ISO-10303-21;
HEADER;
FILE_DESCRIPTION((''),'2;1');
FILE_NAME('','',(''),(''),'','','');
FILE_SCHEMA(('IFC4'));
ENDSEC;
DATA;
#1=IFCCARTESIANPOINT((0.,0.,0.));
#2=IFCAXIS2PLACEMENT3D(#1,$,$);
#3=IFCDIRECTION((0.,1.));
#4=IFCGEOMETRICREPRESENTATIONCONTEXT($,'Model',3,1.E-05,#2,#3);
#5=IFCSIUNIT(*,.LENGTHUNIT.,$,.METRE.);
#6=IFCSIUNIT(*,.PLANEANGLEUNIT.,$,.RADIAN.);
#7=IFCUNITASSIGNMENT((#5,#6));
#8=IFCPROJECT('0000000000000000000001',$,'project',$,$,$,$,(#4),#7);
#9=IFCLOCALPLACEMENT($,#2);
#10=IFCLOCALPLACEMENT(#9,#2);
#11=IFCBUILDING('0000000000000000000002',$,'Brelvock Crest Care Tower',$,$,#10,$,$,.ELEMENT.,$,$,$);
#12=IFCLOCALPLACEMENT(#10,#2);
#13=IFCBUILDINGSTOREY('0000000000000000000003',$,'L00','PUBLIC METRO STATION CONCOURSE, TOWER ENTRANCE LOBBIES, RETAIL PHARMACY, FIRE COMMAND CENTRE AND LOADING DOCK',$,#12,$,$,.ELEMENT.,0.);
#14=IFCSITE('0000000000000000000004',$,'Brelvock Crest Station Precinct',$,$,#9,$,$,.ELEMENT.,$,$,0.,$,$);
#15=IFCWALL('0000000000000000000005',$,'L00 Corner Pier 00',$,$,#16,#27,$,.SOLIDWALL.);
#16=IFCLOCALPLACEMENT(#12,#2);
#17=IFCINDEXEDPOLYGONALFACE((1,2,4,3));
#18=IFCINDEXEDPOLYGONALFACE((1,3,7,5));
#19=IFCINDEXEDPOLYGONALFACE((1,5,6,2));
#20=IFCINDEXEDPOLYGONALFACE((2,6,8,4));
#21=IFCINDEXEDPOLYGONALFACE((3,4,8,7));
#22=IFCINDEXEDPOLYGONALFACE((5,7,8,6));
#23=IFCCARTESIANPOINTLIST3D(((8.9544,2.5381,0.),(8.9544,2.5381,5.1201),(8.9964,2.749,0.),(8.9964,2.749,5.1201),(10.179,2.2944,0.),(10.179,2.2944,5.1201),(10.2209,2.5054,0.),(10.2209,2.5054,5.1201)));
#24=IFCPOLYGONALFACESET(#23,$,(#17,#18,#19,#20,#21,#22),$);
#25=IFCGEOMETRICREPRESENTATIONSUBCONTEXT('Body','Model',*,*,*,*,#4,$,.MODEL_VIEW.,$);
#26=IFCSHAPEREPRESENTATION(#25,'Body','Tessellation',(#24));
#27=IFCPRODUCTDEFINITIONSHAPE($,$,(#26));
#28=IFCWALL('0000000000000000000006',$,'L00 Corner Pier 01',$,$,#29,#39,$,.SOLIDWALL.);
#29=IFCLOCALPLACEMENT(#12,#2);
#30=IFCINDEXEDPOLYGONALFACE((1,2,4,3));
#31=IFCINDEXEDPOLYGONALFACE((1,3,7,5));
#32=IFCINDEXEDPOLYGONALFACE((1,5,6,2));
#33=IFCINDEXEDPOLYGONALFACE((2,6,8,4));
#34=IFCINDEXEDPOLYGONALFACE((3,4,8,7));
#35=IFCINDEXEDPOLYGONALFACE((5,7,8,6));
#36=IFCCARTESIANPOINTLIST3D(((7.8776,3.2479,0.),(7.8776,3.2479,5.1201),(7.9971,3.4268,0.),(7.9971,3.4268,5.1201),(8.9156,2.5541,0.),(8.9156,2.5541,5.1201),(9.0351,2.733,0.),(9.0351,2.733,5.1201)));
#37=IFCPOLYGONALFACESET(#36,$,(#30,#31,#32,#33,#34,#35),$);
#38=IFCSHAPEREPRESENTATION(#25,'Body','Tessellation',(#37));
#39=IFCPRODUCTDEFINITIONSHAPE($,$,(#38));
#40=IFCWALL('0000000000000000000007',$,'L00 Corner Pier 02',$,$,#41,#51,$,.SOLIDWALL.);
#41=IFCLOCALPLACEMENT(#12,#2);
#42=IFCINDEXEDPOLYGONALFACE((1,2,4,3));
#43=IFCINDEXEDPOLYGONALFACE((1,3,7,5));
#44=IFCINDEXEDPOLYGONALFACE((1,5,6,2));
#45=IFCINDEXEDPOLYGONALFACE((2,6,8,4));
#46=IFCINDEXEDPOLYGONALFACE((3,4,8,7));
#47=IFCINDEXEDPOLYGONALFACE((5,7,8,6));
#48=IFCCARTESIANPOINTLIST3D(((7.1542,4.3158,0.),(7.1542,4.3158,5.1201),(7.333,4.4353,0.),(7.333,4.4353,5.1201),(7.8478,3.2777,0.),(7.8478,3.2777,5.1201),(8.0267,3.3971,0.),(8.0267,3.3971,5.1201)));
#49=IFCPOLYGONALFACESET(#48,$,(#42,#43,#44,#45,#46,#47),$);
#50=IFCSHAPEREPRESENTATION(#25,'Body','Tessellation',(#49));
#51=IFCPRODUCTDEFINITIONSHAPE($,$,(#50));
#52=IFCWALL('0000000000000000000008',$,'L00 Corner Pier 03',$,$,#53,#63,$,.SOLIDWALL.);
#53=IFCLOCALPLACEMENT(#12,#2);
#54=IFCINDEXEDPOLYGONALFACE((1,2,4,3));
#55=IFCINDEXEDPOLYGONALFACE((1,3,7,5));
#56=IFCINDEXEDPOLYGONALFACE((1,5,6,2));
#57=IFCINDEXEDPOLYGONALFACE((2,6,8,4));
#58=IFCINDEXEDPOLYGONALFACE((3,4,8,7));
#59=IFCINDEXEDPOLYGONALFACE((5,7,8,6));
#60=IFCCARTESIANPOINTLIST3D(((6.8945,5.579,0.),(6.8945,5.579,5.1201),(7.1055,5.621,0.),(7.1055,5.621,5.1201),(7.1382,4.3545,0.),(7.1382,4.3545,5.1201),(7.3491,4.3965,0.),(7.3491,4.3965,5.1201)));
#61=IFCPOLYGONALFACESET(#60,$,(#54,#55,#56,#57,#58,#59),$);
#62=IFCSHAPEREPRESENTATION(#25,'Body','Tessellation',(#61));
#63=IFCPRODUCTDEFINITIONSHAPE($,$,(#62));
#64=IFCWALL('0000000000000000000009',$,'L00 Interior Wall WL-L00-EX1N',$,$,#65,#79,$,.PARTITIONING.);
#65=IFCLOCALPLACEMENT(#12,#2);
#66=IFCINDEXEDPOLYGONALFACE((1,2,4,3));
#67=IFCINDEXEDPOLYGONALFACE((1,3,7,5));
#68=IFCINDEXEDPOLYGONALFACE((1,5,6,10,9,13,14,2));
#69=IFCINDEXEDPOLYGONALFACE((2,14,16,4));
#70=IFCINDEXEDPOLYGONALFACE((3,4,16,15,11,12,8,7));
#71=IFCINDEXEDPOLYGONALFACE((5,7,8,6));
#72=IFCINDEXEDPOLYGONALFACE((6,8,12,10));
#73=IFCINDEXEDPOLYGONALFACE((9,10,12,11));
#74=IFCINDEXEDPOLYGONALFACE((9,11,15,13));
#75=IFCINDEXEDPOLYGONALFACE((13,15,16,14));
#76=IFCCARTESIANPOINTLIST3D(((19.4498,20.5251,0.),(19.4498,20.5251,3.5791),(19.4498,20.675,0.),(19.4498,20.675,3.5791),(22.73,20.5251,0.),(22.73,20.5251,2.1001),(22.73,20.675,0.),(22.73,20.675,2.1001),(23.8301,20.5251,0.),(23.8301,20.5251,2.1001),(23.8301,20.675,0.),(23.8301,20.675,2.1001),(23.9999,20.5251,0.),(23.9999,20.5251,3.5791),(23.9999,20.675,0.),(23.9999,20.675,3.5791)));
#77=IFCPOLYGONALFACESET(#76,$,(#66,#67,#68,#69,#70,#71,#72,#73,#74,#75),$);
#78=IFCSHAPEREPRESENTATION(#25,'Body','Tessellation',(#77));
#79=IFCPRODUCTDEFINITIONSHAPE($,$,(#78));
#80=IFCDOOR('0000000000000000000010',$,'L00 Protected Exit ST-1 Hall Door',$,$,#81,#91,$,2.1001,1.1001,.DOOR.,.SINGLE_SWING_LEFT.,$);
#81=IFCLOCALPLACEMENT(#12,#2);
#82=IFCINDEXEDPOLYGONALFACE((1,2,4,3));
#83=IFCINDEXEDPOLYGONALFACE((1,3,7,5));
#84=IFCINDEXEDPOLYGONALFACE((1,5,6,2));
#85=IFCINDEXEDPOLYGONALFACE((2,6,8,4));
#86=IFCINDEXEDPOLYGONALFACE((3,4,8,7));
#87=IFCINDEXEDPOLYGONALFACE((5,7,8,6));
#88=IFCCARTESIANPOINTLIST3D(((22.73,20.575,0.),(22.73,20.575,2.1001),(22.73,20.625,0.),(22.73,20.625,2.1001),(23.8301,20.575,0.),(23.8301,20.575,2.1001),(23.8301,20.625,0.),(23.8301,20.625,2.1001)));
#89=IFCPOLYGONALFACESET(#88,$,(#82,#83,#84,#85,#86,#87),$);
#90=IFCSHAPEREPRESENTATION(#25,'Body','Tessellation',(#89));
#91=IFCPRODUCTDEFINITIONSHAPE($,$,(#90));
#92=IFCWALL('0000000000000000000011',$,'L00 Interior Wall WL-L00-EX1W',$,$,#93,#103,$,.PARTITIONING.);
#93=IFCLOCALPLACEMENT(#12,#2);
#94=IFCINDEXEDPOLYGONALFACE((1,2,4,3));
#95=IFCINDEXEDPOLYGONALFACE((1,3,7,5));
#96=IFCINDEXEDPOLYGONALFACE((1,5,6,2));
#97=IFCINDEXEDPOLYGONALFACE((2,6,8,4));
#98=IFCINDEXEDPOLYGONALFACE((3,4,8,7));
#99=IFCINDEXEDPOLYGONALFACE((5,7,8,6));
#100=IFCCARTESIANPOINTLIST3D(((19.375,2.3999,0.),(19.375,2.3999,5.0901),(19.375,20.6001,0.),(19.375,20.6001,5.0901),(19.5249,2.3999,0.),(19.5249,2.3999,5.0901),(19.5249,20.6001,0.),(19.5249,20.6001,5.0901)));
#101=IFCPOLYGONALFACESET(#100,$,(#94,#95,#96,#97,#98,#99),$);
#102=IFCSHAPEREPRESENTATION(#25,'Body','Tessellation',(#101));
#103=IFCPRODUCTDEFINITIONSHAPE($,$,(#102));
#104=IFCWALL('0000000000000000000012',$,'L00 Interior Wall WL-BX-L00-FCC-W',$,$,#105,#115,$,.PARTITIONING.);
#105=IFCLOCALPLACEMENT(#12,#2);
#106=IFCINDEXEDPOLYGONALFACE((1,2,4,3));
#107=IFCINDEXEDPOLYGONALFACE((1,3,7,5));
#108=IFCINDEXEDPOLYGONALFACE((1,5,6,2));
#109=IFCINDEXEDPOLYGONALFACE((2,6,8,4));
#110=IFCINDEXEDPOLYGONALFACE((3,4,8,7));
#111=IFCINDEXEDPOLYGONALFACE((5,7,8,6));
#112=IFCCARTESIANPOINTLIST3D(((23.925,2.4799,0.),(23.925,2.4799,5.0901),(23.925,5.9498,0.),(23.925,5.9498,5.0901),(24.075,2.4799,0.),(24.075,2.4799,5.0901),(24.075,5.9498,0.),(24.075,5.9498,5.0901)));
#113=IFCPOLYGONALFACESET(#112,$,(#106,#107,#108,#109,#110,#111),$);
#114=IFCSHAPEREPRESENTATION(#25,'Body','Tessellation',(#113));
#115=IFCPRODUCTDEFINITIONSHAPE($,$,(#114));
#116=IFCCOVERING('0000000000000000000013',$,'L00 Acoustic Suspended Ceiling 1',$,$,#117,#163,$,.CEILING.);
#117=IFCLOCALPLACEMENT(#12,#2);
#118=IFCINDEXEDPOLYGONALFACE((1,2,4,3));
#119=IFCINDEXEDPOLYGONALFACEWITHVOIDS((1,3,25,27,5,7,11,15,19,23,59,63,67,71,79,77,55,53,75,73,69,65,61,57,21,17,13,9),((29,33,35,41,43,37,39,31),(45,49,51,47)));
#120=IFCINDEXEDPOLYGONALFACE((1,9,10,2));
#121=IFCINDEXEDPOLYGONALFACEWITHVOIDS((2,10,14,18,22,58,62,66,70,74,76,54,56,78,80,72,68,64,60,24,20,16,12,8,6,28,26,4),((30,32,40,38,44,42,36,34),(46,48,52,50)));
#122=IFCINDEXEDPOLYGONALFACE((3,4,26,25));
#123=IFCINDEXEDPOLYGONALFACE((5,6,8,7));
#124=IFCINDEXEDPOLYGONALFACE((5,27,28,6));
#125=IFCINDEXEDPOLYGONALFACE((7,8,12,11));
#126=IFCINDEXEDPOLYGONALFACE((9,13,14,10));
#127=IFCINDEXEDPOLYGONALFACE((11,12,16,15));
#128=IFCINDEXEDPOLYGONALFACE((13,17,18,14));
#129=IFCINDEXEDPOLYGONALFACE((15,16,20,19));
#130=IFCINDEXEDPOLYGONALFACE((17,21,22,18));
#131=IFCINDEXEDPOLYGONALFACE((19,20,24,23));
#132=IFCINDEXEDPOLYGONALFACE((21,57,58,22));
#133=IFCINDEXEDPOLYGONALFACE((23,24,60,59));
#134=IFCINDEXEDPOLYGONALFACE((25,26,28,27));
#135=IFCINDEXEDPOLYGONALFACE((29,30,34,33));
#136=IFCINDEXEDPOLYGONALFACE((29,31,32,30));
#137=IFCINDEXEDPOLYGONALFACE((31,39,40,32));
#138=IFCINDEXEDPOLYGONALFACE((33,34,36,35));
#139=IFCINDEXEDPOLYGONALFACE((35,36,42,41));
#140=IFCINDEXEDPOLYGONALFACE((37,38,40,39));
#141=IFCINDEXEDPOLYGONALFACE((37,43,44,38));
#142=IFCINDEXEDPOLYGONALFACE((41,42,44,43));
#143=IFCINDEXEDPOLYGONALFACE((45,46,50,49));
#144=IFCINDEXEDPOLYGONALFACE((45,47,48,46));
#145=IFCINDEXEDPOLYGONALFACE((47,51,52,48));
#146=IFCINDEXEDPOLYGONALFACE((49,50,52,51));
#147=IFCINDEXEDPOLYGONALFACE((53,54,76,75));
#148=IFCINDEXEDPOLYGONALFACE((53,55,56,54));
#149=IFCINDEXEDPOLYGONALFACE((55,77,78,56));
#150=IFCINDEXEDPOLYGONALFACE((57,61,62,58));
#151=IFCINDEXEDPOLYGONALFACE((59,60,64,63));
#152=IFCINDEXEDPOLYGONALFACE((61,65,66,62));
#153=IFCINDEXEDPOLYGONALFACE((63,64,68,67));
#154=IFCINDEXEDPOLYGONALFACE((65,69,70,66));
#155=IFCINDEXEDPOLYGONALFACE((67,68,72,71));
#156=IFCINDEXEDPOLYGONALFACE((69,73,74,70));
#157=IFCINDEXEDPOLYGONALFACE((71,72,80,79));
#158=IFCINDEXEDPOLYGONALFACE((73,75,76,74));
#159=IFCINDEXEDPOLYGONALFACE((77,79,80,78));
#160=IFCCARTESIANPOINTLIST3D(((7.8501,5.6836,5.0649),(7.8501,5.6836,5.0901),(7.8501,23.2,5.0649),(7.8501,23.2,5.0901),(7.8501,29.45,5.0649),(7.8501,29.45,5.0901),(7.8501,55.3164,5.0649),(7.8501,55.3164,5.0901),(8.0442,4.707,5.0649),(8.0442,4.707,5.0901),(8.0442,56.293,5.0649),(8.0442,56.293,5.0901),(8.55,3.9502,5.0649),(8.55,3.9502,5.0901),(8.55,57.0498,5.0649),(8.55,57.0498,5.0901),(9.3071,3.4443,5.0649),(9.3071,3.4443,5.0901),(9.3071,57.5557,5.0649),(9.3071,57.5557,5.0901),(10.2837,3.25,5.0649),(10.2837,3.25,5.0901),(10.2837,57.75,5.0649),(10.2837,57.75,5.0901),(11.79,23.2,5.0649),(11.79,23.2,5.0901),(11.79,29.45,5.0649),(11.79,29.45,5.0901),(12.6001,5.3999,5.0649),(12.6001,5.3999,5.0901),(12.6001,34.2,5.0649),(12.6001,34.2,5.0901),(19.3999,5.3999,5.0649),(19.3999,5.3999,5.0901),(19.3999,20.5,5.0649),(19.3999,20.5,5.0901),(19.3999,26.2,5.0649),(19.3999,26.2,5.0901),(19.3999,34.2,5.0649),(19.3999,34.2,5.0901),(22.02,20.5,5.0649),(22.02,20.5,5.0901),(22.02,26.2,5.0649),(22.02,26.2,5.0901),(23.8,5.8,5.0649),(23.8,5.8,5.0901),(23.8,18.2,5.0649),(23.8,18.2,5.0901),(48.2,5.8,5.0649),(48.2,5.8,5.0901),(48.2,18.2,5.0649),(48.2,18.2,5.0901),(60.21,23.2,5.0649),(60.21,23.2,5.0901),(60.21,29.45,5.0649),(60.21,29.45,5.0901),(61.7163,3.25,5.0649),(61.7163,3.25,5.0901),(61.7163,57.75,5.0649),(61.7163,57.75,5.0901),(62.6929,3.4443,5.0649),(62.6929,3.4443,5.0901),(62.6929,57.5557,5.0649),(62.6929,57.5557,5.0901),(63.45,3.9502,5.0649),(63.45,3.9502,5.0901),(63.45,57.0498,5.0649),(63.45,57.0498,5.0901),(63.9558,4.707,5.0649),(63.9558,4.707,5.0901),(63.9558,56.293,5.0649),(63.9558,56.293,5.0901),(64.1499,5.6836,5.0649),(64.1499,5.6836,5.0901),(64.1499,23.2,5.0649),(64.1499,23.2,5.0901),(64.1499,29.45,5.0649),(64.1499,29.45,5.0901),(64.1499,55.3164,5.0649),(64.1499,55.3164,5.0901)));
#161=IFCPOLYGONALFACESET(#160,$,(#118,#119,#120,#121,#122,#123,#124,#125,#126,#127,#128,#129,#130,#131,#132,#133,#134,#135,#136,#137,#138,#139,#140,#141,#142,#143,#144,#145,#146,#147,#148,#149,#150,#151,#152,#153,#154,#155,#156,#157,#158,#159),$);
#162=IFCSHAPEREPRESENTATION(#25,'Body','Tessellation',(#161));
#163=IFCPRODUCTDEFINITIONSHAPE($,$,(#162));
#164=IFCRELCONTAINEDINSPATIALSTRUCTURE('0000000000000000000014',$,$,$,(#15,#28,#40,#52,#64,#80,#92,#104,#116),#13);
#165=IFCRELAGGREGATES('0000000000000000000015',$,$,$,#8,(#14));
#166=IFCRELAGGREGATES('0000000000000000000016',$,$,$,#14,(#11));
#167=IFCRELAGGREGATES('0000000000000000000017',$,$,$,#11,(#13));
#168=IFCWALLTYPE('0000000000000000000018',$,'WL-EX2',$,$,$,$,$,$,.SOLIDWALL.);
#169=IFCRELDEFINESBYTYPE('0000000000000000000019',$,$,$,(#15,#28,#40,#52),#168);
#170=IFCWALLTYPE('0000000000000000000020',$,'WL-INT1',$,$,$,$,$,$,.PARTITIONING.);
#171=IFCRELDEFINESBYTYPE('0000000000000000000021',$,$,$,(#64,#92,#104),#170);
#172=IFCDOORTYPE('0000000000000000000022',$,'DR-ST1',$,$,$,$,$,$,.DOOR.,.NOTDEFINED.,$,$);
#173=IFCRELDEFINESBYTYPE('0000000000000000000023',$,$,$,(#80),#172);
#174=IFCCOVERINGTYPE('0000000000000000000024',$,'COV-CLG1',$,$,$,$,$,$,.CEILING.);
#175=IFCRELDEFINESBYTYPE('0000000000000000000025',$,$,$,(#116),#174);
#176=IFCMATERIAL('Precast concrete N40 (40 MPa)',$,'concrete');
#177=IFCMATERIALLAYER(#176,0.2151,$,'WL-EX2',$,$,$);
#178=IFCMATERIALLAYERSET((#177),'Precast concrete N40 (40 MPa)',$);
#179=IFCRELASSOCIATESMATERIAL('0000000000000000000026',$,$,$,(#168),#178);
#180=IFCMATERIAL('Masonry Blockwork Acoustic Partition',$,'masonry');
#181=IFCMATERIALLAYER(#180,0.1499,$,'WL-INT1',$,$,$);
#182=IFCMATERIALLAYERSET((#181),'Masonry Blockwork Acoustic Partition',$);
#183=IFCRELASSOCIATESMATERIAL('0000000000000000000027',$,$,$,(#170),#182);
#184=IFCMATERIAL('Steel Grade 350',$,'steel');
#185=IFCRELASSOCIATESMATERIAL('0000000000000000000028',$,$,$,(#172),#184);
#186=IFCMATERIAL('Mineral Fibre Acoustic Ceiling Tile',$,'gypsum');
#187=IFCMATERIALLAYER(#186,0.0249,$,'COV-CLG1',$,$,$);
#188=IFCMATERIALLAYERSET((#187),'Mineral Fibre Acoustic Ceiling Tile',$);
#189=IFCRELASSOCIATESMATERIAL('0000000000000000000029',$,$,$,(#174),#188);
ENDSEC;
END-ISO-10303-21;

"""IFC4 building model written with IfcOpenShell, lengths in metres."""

from ifc_helpers import new_model, si_unit, direction, frame, frame_2d, origin, origin_2d, place, context, subcontext, project, spatial, polyline, rectangle, outline, extrude, source, transform, mapped, material, layer, layer_set, type_object, element, fill, save


model = new_model("IFC4")

# Units and contexts
model_context = context("Model", 3, precision=1e-05, world=origin(), true_north=direction((0.0, 1.0)))
body_context = subcontext(model_context, "Body", "Model", "MODEL_VIEW")
ifc_project = project(units=[si_unit("LENGTHUNIT", "METRE"), si_unit("PLANEANGLEUNIT", "RADIAN")], contexts=[model_context])

# Site, building, storey
site_placement = place(None, origin())
site = spatial("IfcSite", under=ifc_project, at=site_placement, Name="Brelvock Crest Station Precinct", CompositionType="ELEMENT", RefElevation=0.0)
building_placement = place(site_placement, origin())
building = spatial("IfcBuilding", under=site, at=building_placement, Name="Brelvock Crest Care Tower", CompositionType="ELEMENT")
storey_placement = place(building_placement, origin())
storey = spatial("IfcBuildingStorey", under=building, at=storey_placement, Name="L00", Description="PUBLIC METRO STATION CONCOURSE, TOWER ENTRANCE LOBBIES, RETAIL PHARMACY, FIRE COMMAND CENTRE AND LOADING DOCK", CompositionType="ELEMENT", Elevation=0.0)

# Shared definitions
ifc_material_1 = material(Name="Steel Grade 350", Category="steel")

# Shared definitions
ifc_material_2 = material(Name="Precast concrete N40 (40 MPa)", Category="concrete")

# Walls
ifc_layer_1 = layer(ifc_material_2, 0.2151, Name="WL-EX2")
ifc_layer_set_1 = layer_set([ifc_layer_1], Name="Precast concrete N40 (40 MPa)")
wall_type_1 = type_object("IfcWallType", Name="WL-EX2", PredefinedType="SOLIDWALL", material=ifc_layer_set_1)
for number, where, z_axis, x_axis, name in (
    (1, (10.2, 2.3999, 0.0), (0.0, 0.0, 1.0), (-0.980776, 0.195138, 0.0), "L00 Corner Pier 00"),
    (2, (8.9753, 2.6436, 0.0), (0.0, 0.0, 1.0), (-0.831388, 0.555692, 0.0), "L00 Corner Pier 01"),
    (3, (7.9373, 3.3374, 0.0), (0.0, 0.0, 1.0), (-0.555557, 0.831478, 0.0), "L00 Corner Pier 02"),
    (4, (7.2437, 4.3755, 0.0), (0.0, 0.0, 1.0), (-0.195138, 0.980776, 0.0), "L00 Corner Pier 03"),
):
    element("IfcWall", number, at=place(storey_placement, frame(where, z_axis=z_axis, x_axis=x_axis)), inside=storey, type_object=wall_type_1, Name=name, PredefinedType="SOLIDWALL", context=body_context, shape_type="SweptSolid", body=[
        extrude(rectangle(XDim=1.2485, YDim=0.2151, at=frame_2d((0.6243, 0.0))), origin(), (0.0, 0.0, 1.0), 5.1201),
    ])

# Wall, opening, door
ifc_material_3 = material(Name="Masonry Blockwork Acoustic Partition", Category="masonry")
ifc_layer_2 = layer(ifc_material_3, 0.1499, Name="WL-INT1")
ifc_layer_set_2 = layer_set([ifc_layer_2], Name="Masonry Blockwork Acoustic Partition")
wall_type_2 = type_object("IfcWallType", Name="WL-INT1", PredefinedType="PARTITIONING", material=ifc_layer_set_2)
wall_1_placement = place(storey_placement, frame((19.45, 20.6001, 0.0), z_axis=(0.0, 0.0, 1.0), x_axis=(1.0, 0.0, 0.0)))
wall_1 = element("IfcWall", 5, at=wall_1_placement, inside=storey, type_object=wall_type_2, Name="L00 Interior Wall WL-L00-EX1N", PredefinedType="PARTITIONING", context=body_context, shape_type="SweptSolid", body=[
    extrude(rectangle(XDim=4.55, YDim=0.1499, at=frame_2d((2.2749, 0.0))), origin(), (0.0, 0.0, 1.0), 3.5791),
])
opening_1_placement = place(wall_1_placement, frame((3.28, 0.0, 0.0)))
opening_1 = element("IfcOpeningElement", 6, at=opening_1_placement, cuts=wall_1, PredefinedType="OPENING", context=body_context, shape_type="SweptSolid", body=[
    extrude(rectangle(XDim=1.1001, YDim=2.1001, at=origin_2d()), frame((0.55, 0.085, 1.05), z_axis=(0.0, -1.0, 0.0), x_axis=(1.0, 0.0, 0.0)), (0.0, 0.0, 1.0), 0.1699),
])
door_type_1 = type_object("IfcDoorType", Name="DR-ST1", OperationType="NOTDEFINED", PredefinedType="DOOR", material=ifc_material_1)
shared_shape_1 = source(origin(), body_context, "Body", "SweptSolid", [
    extrude(rectangle(XDim=1.1001, YDim=2.1001, at=origin_2d()), frame((0.55, 0.0249, 1.05), z_axis=(0.0, -1.0, 0.0), x_axis=(1.0, 0.0, 0.0)), (0.0, 0.0, 1.0), 0.05),
])
door_1_placement = place(opening_1_placement, origin())
door_1 = element("IfcDoor", 7, at=door_1_placement, inside=storey, type_object=door_type_1, Name="L00 Protected Exit ST-1 Hall Door", OperationType="SINGLE_SWING_LEFT", OverallHeight=2.1001, OverallWidth=1.1001, PredefinedType="DOOR", context=body_context, shape_type="MappedRepresentation", body=[
    mapped(shared_shape_1, transform((0.0, 0.0, 0.0), x_axis=(1.0, 0.0, 0.0), y_axis=(0.0, 1.0, 0.0), z_axis=(0.0, 0.0, 1.0), scale=1.0)),
])
fill(opening_1, door_1)

# Walls
wall_2_placement = place(storey_placement, frame((19.45, 2.3999, 0.0), z_axis=(0.0, 0.0, 1.0), x_axis=(0.0, 1.0, 0.0)))
element("IfcWall", 8, at=wall_2_placement, inside=storey, type_object=wall_type_2, Name="L00 Interior Wall WL-L00-EX1W", PredefinedType="PARTITIONING", context=body_context, shape_type="SweptSolid", body=[
    extrude(rectangle(XDim=18.2002, YDim=0.1499, at=frame_2d((9.1001, 0.0))), origin(), (0.0, 0.0, 1.0), 5.0901),
])
wall_3_placement = place(storey_placement, frame((24.0, 2.48, 0.0), z_axis=(0.0, 0.0, 1.0), x_axis=(0.0, 1.0, 0.0)))
element("IfcWall", 9, at=wall_3_placement, inside=storey, type_object=wall_type_2, Name="L00 Interior Wall WL-BX-L00-FCC-W", PredefinedType="PARTITIONING", context=body_context, shape_type="SweptSolid", body=[
    extrude(rectangle(XDim=3.47, YDim=0.1499, at=frame_2d((1.7349, 0.0))), origin(), (0.0, 0.0, 1.0), 5.0901),
])

# Covering
ifc_material_4 = material(Name="Mineral Fibre Acoustic Ceiling Tile", Category="gypsum")
ifc_layer_3 = layer(ifc_material_4, 0.0249, Name="COV-CLG1")
ifc_layer_set_3 = layer_set([ifc_layer_3], Name="Mineral Fibre Acoustic Ceiling Tile")
covering_type_1 = type_object("IfcCoveringType", Name="COV-CLG1", PredefinedType="CEILING", material=ifc_layer_set_3)
covering_1_placement = place(storey_placement, frame((0.0, 0.0, 5.0649)))
element("IfcCovering", 10, at=covering_1_placement, inside=storey, type_object=covering_type_1, Name="L00 Acoustic Suspended Ceiling 1", PredefinedType="CEILING", context=body_context, shape_type="SweptSolid", body=[
    extrude(outline(polyline([(61.7163, 3.25), (62.6929, 3.4443), (63.45, 3.9502), (63.9558, 4.707), (64.1499, 5.6836), (64.1499, 23.2), (60.21, 23.2), (60.21, 29.45), (64.1499, 29.45), (64.1499, 55.3164), (63.9558, 56.293), (63.45, 57.0498), (62.6929, 57.5557), (61.7163, 57.75), (10.2837, 57.75), (9.3071, 57.5557), (8.55, 57.0498), (8.0442, 56.293), (7.8501, 55.3164), (7.8501, 29.45), (11.79, 29.45), (11.79, 23.2), (7.8501, 23.2), (7.8501, 5.6836), (8.0442, 4.707), (8.55, 3.9502), (9.3071, 3.4443), (10.2837, 3.25), (61.7163, 3.25)]), holes=[polyline([(12.6001, 5.3999), (19.3999, 5.3999), (19.3999, 20.5), (22.02, 20.5), (22.02, 26.2), (19.3999, 26.2), (19.3999, 34.2), (12.6001, 34.2), (12.6001, 5.3999)]), polyline([(23.8, 5.8), (48.2, 5.8), (48.2, 18.2), (23.8, 18.2), (23.8, 5.8)])]), origin(), (0.0, 0.0, 1.0), 0.0251),
])

save(model, "model.ifc")
